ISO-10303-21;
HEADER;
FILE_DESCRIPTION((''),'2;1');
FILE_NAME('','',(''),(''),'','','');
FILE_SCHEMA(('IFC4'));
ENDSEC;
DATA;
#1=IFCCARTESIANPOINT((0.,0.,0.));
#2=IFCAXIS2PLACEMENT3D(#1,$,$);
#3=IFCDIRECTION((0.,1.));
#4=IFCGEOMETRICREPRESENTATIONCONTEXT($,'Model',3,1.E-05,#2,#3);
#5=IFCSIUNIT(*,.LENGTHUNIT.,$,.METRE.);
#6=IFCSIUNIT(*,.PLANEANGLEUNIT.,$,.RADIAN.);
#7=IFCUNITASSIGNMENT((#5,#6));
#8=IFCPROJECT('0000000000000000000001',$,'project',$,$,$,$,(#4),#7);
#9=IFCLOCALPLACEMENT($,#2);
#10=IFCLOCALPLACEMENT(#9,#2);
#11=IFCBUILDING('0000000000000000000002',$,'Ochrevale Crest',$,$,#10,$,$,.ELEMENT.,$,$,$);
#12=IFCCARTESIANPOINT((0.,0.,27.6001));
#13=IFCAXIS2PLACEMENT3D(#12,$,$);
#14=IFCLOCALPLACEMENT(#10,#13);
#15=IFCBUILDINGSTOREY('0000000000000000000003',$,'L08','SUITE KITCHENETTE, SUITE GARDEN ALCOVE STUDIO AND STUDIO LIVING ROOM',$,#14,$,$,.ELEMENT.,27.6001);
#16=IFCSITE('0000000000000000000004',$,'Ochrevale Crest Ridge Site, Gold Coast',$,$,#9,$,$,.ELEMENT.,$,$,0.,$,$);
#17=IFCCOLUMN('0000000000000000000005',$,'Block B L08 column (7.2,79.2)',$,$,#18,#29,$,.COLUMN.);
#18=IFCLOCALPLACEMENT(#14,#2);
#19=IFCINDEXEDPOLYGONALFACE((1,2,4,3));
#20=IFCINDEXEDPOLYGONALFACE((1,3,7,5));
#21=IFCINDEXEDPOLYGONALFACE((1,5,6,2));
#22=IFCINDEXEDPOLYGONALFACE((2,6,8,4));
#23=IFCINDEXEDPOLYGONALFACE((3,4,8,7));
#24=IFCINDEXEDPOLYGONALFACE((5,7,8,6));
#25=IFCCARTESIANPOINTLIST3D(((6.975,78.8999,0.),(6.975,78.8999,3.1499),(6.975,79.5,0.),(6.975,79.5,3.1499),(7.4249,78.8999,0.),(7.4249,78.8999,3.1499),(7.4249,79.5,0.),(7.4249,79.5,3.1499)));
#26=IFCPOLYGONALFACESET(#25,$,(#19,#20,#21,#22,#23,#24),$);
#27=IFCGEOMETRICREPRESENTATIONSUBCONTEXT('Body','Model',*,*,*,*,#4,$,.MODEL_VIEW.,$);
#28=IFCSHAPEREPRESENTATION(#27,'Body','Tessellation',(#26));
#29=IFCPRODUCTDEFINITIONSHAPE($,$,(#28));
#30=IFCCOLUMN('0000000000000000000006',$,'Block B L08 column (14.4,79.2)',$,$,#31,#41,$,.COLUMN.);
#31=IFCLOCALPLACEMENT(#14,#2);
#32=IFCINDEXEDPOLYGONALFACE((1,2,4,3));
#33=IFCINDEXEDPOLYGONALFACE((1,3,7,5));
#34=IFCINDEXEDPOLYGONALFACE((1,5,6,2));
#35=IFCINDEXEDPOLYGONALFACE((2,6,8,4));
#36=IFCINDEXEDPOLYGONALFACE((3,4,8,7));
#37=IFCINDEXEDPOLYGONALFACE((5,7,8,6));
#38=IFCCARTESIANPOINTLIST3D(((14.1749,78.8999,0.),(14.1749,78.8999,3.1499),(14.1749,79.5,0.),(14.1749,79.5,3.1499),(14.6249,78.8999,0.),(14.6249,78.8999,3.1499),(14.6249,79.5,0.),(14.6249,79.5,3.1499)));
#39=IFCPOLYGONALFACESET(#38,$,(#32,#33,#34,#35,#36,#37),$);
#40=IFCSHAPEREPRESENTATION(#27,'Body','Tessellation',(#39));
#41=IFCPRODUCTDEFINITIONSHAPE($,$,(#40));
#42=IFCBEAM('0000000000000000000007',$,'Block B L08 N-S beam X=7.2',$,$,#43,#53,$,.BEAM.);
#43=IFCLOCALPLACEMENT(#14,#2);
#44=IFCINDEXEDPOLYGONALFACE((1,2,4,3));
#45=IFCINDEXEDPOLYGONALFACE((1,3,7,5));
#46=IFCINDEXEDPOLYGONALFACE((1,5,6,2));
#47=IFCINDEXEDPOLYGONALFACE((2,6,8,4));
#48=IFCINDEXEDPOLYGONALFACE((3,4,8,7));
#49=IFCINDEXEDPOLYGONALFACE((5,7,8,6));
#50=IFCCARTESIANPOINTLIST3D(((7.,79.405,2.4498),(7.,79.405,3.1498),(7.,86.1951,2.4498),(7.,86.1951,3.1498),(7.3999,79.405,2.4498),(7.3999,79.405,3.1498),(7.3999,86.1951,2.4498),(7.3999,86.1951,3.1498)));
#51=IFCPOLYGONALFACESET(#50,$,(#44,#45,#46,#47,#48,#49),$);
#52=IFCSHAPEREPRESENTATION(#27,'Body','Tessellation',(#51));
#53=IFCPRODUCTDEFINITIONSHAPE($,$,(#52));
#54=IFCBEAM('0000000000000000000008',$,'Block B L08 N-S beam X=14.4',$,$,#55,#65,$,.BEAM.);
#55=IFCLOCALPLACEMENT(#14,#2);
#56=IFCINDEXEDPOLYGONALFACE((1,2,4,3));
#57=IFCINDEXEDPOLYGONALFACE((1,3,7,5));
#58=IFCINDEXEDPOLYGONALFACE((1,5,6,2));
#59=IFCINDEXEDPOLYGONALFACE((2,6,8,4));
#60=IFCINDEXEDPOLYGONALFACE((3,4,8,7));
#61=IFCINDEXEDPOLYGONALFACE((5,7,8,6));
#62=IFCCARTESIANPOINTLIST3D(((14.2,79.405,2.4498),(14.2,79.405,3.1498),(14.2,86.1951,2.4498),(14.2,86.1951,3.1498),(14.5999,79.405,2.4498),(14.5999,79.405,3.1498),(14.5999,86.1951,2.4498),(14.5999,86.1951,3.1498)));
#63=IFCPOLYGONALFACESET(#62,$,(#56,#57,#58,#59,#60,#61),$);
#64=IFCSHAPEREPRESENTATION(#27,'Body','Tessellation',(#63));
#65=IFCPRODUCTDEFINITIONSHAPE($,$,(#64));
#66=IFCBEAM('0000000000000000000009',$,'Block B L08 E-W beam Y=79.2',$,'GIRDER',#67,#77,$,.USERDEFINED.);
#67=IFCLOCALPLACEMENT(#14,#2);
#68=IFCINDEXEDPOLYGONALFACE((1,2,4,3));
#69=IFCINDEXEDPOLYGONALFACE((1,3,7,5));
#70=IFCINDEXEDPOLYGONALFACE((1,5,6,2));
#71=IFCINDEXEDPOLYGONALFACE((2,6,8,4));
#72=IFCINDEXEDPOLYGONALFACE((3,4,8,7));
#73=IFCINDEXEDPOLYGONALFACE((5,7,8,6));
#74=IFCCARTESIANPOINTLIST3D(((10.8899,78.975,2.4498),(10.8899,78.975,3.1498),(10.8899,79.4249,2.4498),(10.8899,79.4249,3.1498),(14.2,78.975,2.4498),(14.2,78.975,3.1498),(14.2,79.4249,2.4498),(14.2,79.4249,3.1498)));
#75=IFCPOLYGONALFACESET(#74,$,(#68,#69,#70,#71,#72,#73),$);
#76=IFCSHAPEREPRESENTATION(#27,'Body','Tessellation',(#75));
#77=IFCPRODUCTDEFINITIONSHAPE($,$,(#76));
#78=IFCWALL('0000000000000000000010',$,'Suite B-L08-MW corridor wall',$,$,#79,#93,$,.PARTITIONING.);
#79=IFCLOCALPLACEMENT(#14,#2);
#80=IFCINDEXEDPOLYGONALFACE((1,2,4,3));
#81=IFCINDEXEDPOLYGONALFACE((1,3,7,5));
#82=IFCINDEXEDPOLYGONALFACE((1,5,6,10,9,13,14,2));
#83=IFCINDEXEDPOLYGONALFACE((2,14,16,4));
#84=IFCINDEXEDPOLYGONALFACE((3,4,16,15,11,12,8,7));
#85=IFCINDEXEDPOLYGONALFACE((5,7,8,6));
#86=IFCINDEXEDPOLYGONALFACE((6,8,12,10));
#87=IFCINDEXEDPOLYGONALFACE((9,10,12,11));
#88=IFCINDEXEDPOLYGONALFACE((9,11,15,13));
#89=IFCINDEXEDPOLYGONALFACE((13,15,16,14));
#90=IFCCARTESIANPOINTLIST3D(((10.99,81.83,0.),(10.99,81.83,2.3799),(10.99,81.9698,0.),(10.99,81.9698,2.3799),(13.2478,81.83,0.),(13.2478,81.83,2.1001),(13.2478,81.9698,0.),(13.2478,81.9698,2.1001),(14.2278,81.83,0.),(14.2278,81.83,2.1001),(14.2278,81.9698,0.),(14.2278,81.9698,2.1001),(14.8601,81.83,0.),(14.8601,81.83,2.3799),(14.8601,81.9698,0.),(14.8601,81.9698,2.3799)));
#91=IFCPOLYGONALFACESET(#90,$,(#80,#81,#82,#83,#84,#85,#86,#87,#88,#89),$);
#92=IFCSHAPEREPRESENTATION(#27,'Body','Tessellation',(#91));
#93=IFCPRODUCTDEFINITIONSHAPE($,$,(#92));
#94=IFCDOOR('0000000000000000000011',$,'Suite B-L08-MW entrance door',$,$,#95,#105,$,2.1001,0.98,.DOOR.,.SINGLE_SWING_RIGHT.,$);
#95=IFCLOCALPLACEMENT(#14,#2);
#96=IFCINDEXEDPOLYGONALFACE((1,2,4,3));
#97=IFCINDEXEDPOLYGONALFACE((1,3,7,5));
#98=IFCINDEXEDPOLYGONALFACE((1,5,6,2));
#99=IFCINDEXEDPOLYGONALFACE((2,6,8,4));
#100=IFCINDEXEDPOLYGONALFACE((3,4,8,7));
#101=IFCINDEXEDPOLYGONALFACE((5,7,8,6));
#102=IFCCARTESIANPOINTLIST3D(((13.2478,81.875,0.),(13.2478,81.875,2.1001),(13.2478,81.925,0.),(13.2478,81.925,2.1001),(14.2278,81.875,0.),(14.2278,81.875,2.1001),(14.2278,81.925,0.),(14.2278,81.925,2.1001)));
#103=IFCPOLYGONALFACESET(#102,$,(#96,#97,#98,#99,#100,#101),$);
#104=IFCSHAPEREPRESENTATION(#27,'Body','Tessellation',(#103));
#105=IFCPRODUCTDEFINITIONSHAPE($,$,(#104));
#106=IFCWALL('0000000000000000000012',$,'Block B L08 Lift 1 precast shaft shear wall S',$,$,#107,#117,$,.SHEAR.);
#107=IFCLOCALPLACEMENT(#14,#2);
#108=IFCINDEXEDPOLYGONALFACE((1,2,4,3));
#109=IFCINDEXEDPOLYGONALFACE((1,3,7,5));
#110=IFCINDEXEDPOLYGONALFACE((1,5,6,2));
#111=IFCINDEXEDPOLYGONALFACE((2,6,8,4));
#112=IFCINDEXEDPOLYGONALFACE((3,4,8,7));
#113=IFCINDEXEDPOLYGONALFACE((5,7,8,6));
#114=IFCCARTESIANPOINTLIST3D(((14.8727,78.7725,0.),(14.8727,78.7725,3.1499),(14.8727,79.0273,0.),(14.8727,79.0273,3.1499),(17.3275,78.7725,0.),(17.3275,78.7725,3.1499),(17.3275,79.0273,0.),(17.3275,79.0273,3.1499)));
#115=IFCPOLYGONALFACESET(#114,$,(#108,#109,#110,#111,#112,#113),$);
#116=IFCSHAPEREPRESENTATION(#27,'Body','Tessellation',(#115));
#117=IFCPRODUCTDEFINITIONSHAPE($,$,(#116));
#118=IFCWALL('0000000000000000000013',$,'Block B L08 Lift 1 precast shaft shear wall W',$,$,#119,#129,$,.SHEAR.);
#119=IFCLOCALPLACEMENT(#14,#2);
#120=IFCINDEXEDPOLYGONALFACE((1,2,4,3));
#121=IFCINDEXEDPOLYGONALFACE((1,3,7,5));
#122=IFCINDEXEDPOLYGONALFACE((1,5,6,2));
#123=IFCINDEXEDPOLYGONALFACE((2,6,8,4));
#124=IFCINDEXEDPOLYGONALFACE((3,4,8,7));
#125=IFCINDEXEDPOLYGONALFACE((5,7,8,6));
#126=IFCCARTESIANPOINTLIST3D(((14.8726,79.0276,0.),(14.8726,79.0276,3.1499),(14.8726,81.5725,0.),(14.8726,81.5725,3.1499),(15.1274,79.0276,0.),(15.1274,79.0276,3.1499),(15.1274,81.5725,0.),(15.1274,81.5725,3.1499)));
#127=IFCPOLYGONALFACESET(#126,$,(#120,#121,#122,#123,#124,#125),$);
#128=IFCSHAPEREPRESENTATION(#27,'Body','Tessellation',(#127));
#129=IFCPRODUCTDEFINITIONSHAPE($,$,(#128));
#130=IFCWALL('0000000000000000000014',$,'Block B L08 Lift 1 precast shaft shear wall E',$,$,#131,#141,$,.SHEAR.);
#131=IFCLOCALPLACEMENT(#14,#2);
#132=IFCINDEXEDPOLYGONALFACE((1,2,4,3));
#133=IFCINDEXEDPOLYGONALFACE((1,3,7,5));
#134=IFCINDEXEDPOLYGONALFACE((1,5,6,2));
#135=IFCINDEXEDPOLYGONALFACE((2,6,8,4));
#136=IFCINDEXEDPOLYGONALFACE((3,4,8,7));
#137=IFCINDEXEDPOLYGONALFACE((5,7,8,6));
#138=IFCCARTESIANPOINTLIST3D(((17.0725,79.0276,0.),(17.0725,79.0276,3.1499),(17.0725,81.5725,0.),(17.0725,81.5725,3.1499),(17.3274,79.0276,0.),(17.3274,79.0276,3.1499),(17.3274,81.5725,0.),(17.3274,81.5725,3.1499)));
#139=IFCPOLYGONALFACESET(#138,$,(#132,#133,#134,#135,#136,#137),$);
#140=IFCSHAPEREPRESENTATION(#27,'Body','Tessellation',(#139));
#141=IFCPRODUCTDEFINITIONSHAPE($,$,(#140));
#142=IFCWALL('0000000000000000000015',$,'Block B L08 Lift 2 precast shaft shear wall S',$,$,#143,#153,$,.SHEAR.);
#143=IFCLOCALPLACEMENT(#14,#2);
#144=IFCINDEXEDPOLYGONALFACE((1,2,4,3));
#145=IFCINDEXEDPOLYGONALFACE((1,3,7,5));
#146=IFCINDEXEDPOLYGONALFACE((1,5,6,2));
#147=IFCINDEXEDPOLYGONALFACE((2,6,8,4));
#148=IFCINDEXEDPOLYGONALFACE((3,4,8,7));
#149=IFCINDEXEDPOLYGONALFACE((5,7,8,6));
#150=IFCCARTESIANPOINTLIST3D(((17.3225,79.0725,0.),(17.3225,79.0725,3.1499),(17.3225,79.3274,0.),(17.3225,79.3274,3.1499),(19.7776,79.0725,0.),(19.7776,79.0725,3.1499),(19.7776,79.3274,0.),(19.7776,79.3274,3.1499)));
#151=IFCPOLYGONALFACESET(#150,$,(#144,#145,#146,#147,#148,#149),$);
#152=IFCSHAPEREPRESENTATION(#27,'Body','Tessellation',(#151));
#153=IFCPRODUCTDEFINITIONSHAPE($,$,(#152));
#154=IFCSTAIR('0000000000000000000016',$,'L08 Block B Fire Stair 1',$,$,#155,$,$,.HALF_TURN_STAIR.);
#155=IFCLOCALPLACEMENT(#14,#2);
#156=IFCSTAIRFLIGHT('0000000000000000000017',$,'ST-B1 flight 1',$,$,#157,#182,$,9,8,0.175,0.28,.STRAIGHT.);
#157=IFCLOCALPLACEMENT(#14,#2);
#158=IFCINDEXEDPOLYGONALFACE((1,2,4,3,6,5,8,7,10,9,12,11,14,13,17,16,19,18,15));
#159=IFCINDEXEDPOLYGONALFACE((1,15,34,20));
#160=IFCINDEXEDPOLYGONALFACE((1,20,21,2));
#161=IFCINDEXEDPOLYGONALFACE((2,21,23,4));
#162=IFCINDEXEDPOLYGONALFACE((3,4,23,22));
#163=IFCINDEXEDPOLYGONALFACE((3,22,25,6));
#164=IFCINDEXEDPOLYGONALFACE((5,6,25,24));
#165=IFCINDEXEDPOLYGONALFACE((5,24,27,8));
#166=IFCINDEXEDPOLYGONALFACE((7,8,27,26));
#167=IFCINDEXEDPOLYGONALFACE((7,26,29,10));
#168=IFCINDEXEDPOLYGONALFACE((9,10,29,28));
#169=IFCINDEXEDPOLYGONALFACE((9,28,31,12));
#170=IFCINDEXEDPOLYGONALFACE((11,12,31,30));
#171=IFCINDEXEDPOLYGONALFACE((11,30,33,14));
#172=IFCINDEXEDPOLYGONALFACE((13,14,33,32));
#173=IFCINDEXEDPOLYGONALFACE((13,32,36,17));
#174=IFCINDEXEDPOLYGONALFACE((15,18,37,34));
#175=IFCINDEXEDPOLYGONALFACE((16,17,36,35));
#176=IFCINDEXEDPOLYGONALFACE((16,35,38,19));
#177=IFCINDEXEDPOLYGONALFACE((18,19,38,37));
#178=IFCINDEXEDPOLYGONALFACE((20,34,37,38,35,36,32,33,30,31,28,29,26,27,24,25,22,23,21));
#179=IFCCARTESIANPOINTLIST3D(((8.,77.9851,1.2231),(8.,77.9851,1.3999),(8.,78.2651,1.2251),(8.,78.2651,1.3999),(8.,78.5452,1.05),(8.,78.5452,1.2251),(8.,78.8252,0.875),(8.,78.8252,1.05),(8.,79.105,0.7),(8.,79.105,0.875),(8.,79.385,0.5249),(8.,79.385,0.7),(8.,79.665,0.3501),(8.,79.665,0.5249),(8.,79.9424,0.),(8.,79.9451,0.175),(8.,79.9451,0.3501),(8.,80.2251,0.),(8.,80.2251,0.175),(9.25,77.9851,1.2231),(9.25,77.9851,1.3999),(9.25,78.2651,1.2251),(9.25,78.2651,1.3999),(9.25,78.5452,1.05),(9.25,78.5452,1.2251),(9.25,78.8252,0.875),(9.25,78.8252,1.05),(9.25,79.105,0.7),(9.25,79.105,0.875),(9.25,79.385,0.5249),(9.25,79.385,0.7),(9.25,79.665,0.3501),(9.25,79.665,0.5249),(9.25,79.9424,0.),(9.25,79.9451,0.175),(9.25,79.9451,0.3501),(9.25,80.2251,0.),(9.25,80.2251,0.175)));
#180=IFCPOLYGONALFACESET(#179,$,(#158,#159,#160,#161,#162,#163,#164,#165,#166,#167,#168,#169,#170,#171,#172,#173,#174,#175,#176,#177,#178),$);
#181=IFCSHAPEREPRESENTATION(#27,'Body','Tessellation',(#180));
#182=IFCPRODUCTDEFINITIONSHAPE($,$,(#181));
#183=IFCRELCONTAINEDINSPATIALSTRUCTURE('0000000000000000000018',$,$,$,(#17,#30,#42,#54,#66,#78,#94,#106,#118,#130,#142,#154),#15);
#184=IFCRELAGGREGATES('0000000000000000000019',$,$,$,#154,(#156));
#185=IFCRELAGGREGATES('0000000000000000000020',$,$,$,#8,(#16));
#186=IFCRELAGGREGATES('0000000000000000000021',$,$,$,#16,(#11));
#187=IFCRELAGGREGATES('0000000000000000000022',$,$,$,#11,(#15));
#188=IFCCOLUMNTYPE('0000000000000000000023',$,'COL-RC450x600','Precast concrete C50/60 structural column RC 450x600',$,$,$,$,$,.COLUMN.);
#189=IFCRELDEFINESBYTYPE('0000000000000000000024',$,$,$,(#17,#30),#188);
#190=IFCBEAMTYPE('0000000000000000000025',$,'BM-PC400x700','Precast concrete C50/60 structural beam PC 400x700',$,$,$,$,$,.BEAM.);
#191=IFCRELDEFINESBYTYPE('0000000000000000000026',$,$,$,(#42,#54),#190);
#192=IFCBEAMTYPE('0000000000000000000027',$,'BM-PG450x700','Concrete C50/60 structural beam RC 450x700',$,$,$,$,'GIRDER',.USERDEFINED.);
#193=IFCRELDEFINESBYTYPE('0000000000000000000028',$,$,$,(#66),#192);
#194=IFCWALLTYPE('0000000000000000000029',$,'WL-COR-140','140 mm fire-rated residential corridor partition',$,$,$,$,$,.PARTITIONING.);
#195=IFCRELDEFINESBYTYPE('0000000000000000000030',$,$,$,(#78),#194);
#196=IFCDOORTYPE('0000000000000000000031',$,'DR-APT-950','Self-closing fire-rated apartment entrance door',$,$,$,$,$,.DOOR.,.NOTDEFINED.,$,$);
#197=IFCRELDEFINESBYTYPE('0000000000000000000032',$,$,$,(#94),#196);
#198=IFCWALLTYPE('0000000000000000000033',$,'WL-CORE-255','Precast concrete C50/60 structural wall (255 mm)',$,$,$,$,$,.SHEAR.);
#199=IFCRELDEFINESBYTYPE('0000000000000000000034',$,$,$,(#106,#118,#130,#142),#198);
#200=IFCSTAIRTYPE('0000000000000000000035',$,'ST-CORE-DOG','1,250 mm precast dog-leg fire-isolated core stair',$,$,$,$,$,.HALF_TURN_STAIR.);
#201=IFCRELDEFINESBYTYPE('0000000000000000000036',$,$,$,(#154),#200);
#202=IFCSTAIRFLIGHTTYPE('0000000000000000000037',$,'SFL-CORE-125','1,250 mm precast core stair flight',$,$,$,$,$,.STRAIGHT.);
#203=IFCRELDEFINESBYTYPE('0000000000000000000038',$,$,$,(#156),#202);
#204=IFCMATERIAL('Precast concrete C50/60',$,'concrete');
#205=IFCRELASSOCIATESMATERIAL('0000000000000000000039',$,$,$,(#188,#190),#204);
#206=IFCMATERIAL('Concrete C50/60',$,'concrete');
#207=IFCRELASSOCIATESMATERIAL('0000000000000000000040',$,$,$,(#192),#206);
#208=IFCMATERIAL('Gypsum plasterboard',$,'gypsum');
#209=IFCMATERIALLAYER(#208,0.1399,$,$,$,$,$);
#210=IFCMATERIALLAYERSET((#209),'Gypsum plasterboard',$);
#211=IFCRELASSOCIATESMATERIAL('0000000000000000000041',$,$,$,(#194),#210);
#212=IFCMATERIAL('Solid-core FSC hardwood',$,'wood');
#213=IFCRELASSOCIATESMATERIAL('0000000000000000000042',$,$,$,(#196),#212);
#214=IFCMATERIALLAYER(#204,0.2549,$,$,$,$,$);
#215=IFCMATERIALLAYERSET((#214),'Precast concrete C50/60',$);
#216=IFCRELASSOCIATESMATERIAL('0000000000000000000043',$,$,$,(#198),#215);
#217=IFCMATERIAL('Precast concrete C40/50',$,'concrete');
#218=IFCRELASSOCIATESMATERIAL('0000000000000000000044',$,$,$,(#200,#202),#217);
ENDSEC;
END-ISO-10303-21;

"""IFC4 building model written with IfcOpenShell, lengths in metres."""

from ifc_helpers import new_model, si_unit, direction, frame, frame_2d, origin, origin_2d, place, context, subcontext, project, spatial, polyline, rectangle, outline, extrude, material, layer, layer_set, material_profile, profile_set, type_object, element, fill, aggregate, save


model = new_model("IFC4")

# Units and contexts
model_context = context("Model", 3, precision=1e-05, world=origin(), true_north=direction((0.0, 1.0)))
body_context = subcontext(model_context, "Body", "Model", "MODEL_VIEW")
ifc_project = project(units=[si_unit("LENGTHUNIT", "METRE"), si_unit("PLANEANGLEUNIT", "RADIAN")], contexts=[model_context])

# Site, building, storey
site_placement = place(None, origin())
site = spatial("IfcSite", under=ifc_project, at=site_placement, Name="Ochrevale Crest Ridge Site, Gold Coast", CompositionType="ELEMENT", RefElevation=0.0)
building_placement = place(site_placement, origin())
building = spatial("IfcBuilding", under=site, at=building_placement, Name="Ochrevale Crest", CompositionType="ELEMENT")
storey_placement = place(building_placement, frame((0.0, 0.0, 27.6001)))
storey = spatial("IfcBuildingStorey", under=building, at=storey_placement, Name="L08", Description="SUITE KITCHENETTE, SUITE GARDEN ALCOVE STUDIO AND STUDIO LIVING ROOM", CompositionType="ELEMENT", Elevation=27.6001)

# Columns
ifc_material_1 = material(Name="Precast concrete C50/60", Category="concrete")
ifc_material_profile_1 = material_profile(ifc_material_1, rectangle(XDim=0.45, YDim=0.6001, at=origin_2d()), Name="RC 450x600")
ifc_profile_set_1 = profile_set([ifc_material_profile_1], Name="Precast concrete C50/60")
column_type = type_object("IfcColumnType", Name="COL-RC450x600", Description="Precast concrete C50/60 structural column RC 450x600", PredefinedType="COLUMN", material=ifc_profile_set_1)
for number, where, z_axis, x_axis, name in (
    (1, (7.2, 79.2, 0.0), (0.0, 0.0, 1.0), (1.0, 0.0, 0.0), "Block B L08 column (7.2,79.2)"),
    (2, (14.3999, 79.2, 0.0), (0.0, 0.0, 1.0), (1.0, 0.0, 0.0), "Block B L08 column (14.4,79.2)"),
):
    element("IfcColumn", number, at=place(storey_placement, frame(where, z_axis=z_axis, x_axis=x_axis)), inside=storey, type_object=column_type, Name=name, PredefinedType="COLUMN", context=body_context, shape_type="SweptSolid", body=[
        extrude(rectangle(XDim=0.45, YDim=0.6001, at=origin_2d()), origin(), (0.0, 0.0, 1.0), 3.1499),
    ])

# Beams
ifc_material_profile_2 = material_profile(ifc_material_1, rectangle(XDim=0.3999, YDim=0.7, at=origin_2d()), Name="PC 400x700")
ifc_profile_set_2 = profile_set([ifc_material_profile_2], Name="Precast concrete C50/60")
beam_type_1 = type_object("IfcBeamType", Name="BM-PC400x700", Description="Precast concrete C50/60 structural beam PC 400x700", PredefinedType="BEAM", material=ifc_profile_set_2)
for number, where, z_axis, x_axis, name in (
    (3, (7.2, 79.405, 2.7998), (0.0, 1.0, 0.0), (-1.0, 0.0, 0.0), "Block B L08 N-S beam X=7.2"),
    (4, (14.3999, 79.405, 2.7998), (0.0, 1.0, 0.0), (-1.0, 0.0, 0.0), "Block B L08 N-S beam X=14.4"),
):
    element("IfcBeam", number, at=place(storey_placement, frame(where, z_axis=z_axis, x_axis=x_axis)), inside=storey, type_object=beam_type_1, Name=name, PredefinedType="BEAM", context=body_context, shape_type="SweptSolid", body=[
        extrude(rectangle(XDim=0.3999, YDim=0.7, at=origin_2d()), origin(), (0.0, 0.0, 1.0), 6.79),
    ])
ifc_material_2 = material(Name="Concrete C50/60", Category="concrete")
ifc_material_profile_3 = material_profile(ifc_material_2, rectangle(XDim=0.45, YDim=0.7, at=origin_2d()), Name="RC 450x700")
ifc_profile_set_3 = profile_set([ifc_material_profile_3], Name="Concrete C50/60")
beam_type_2 = type_object("IfcBeamType", Name="BM-PG450x700", Description="Concrete C50/60 structural beam RC 450x700", ElementType="GIRDER", PredefinedType="USERDEFINED", material=ifc_profile_set_3)
beam_placement = place(storey_placement, frame((10.8899, 79.2, 2.7998), z_axis=(1.0, 0.0, 0.0), x_axis=(0.0, 1.0, 0.0)))
element("IfcBeam", 5, at=beam_placement, inside=storey, type_object=beam_type_2, Name="Block B L08 E-W beam Y=79.2", ObjectType="GIRDER", PredefinedType="USERDEFINED", context=body_context, shape_type="SweptSolid", body=[
    extrude(rectangle(XDim=0.45, YDim=0.7, at=origin_2d()), origin(), (0.0, 0.0, 1.0), 3.3101),
])

# Wall, opening, door
ifc_material_3 = material(Name="Gypsum plasterboard", Category="gypsum")
ifc_layer_1 = layer(ifc_material_3, 0.1399)
ifc_layer_set_1 = layer_set([ifc_layer_1], Name="Gypsum plasterboard")
wall_type_1 = type_object("IfcWallType", Name="WL-COR-140", Description="140 mm fire-rated residential corridor partition", PredefinedType="PARTITIONING", material=ifc_layer_set_1)
wall_1_placement = place(storey_placement, frame((10.99, 81.8999, 0.0), z_axis=(0.0, 0.0, 1.0), x_axis=(1.0, 0.0, 0.0)))
wall_1 = element("IfcWall", 6, at=wall_1_placement, inside=storey, type_object=wall_type_1, Name="Suite B-L08-MW corridor wall", PredefinedType="PARTITIONING", context=body_context, shape_type="SweptSolid", body=[
    extrude(rectangle(XDim=3.8701, YDim=0.1399, at=frame_2d((1.9351, 0.0))), origin(), (0.0, 0.0, 1.0), 2.3799),
])
opening_1_placement = place(wall_1_placement, frame((3.2378, 0.0, 0.0), z_axis=(0.0, 0.0, 1.0), x_axis=(-1.0, 0.0, 0.0)))
opening_1 = element("IfcOpeningElement", 7, at=opening_1_placement, cuts=wall_1, PredefinedType="OPENING", context=body_context, shape_type="SweptSolid", body=[
    extrude(rectangle(XDim=0.98, YDim=2.1001, at=frame_2d((0.49, 1.05))), frame((0.0, 0.0801, 0.0), z_axis=(0.0, -1.0, 0.0), x_axis=(1.0, 0.0, 0.0)), (0.0, 0.0, 1.0), 0.1599),
])
ifc_material_4 = material(Name="Solid-core FSC hardwood", Category="wood")
door_type_1 = type_object("IfcDoorType", Name="DR-APT-950", Description="Self-closing fire-rated apartment entrance door", OperationType="NOTDEFINED", PredefinedType="DOOR", material=ifc_material_4)
door_1_placement = place(opening_1_placement, origin())
door_1 = element("IfcDoor", 8, at=door_1_placement, inside=storey, type_object=door_type_1, Name="Suite B-L08-MW entrance door", OperationType="SINGLE_SWING_RIGHT", OverallHeight=2.1001, OverallWidth=0.98, PredefinedType="DOOR", context=body_context, shape_type="SweptSolid", body=[
    extrude(rectangle(XDim=0.98, YDim=2.1001, at=frame_2d((0.49, 1.05))), frame((0.0, 0.0249, 0.0), z_axis=(0.0, -1.0, 0.0), x_axis=(1.0, 0.0, 0.0)), (0.0, 0.0, 1.0), 0.05),
])
fill(opening_1, door_1)
ifc_layer_2 = layer(ifc_material_1, 0.2549)
ifc_layer_set_2 = layer_set([ifc_layer_2], Name="Precast concrete C50/60")
wall_type_2 = type_object("IfcWallType", Name="WL-CORE-255", Description="Precast concrete C50/60 structural wall (255 mm)", PredefinedType="SHEAR", material=ifc_layer_set_2)

# Wall
wall_2_placement = place(storey_placement, frame((14.8726, 78.8999, 0.0), z_axis=(0.0, 0.0, 1.0), x_axis=(1.0, 0.0, 0.0)))
element("IfcWall", 9, at=wall_2_placement, inside=storey, type_object=wall_type_2, Name="Block B L08 Lift 1 precast shaft shear wall S", PredefinedType="SHEAR", context=body_context, shape_type="SweptSolid", body=[
    extrude(rectangle(XDim=2.4548, YDim=0.2549, at=frame_2d((1.2275, 0.0))), origin(), (0.0, 0.0, 1.0), 3.1499),
])

# Walls
for number, where, z_axis, x_axis, name in (
    (10, (15.0, 79.0276, 0.0), (0.0, 0.0, 1.0), (0.0, 1.0, 0.0), "Block B L08 Lift 1 precast shaft shear wall W"),
    (11, (17.2, 79.0276, 0.0), (0.0, 0.0, 1.0), (0.0, 1.0, 0.0), "Block B L08 Lift 1 precast shaft shear wall E"),
):
    element("IfcWall", number, at=place(storey_placement, frame(where, z_axis=z_axis, x_axis=x_axis)), inside=storey, type_object=wall_type_2, Name=name, PredefinedType="SHEAR", context=body_context, shape_type="SweptSolid", body=[
        extrude(rectangle(XDim=2.5449, YDim=0.2549, at=frame_2d((1.2725, 0.0))), origin(), (0.0, 0.0, 1.0), 3.1499),
    ])
wall_3_placement = place(storey_placement, frame((17.3225, 79.2, 0.0), z_axis=(0.0, 0.0, 1.0), x_axis=(1.0, 0.0, 0.0)))
element("IfcWall", 12, at=wall_3_placement, inside=storey, type_object=wall_type_2, Name="Block B L08 Lift 2 precast shaft shear wall S", PredefinedType="SHEAR", context=body_context, shape_type="SweptSolid", body=[
    extrude(rectangle(XDim=2.4551, YDim=0.2549, at=frame_2d((1.2275, 0.0))), origin(), (0.0, 0.0, 1.0), 3.1499),
])

# Stair, stair flight
ifc_material_5 = material(Name="Precast concrete C40/50", Category="concrete")
stair_type = type_object("IfcStairType", Name="ST-CORE-DOG", Description="1,250 mm precast dog-leg fire-isolated core stair", PredefinedType="HALF_TURN_STAIR", material=ifc_material_5)
stair_placement = place(storey_placement, origin())
stair = element("IfcStair", 13, at=stair_placement, inside=storey, type_object=stair_type, Name="L08 Block B Fire Stair 1", PredefinedType="HALF_TURN_STAIR")
stair_flight_type = type_object("IfcStairFlightType", Name="SFL-CORE-125", Description="1,250 mm precast core stair flight", PredefinedType="STRAIGHT", material=ifc_material_5)
stair_flight_1_placement = place(storey_placement, frame((8.625, 80.2251, 0.0), z_axis=(0.0, 0.0, 1.0), x_axis=(0.0, -1.0, 0.0)))
stair_flight_1 = element("IfcStairFlight", 14, at=stair_flight_1_placement, type_object=stair_flight_type, Name="ST-B1 flight 1", NumberOfRisers=9, NumberOfTreads=8, PredefinedType="STRAIGHT", RiserHeight=0.175, TreadLength=0.28, context=body_context, shape_type="SweptSolid", body=[
    extrude(outline(polyline([(0.0, 0.0), (0.0, 0.175), (0.28, 0.175), (0.28, 0.3501), (0.5601, 0.3501), (0.5601, 0.5249), (0.8401, 0.5249), (0.8401, 0.7), (1.1201, 0.7), (1.1201, 0.875), (1.3999, 0.875), (1.3999, 1.05), (1.6799, 1.05), (1.6799, 1.2251), (1.96, 1.2251), (1.96, 1.3999), (2.24, 1.3999), (2.24, 1.575), (2.24, 1.2231), (0.2827, 0.0), (0.0, 0.0)])), frame((0.0, 0.625, 0.0), z_axis=(0.0, -1.0, 0.0), x_axis=(1.0, 0.0, 0.0)), (0.0, 0.0, 1.0), 1.25),
])
aggregate(stair, [stair_flight_1])

save(model, "model.ifc")
